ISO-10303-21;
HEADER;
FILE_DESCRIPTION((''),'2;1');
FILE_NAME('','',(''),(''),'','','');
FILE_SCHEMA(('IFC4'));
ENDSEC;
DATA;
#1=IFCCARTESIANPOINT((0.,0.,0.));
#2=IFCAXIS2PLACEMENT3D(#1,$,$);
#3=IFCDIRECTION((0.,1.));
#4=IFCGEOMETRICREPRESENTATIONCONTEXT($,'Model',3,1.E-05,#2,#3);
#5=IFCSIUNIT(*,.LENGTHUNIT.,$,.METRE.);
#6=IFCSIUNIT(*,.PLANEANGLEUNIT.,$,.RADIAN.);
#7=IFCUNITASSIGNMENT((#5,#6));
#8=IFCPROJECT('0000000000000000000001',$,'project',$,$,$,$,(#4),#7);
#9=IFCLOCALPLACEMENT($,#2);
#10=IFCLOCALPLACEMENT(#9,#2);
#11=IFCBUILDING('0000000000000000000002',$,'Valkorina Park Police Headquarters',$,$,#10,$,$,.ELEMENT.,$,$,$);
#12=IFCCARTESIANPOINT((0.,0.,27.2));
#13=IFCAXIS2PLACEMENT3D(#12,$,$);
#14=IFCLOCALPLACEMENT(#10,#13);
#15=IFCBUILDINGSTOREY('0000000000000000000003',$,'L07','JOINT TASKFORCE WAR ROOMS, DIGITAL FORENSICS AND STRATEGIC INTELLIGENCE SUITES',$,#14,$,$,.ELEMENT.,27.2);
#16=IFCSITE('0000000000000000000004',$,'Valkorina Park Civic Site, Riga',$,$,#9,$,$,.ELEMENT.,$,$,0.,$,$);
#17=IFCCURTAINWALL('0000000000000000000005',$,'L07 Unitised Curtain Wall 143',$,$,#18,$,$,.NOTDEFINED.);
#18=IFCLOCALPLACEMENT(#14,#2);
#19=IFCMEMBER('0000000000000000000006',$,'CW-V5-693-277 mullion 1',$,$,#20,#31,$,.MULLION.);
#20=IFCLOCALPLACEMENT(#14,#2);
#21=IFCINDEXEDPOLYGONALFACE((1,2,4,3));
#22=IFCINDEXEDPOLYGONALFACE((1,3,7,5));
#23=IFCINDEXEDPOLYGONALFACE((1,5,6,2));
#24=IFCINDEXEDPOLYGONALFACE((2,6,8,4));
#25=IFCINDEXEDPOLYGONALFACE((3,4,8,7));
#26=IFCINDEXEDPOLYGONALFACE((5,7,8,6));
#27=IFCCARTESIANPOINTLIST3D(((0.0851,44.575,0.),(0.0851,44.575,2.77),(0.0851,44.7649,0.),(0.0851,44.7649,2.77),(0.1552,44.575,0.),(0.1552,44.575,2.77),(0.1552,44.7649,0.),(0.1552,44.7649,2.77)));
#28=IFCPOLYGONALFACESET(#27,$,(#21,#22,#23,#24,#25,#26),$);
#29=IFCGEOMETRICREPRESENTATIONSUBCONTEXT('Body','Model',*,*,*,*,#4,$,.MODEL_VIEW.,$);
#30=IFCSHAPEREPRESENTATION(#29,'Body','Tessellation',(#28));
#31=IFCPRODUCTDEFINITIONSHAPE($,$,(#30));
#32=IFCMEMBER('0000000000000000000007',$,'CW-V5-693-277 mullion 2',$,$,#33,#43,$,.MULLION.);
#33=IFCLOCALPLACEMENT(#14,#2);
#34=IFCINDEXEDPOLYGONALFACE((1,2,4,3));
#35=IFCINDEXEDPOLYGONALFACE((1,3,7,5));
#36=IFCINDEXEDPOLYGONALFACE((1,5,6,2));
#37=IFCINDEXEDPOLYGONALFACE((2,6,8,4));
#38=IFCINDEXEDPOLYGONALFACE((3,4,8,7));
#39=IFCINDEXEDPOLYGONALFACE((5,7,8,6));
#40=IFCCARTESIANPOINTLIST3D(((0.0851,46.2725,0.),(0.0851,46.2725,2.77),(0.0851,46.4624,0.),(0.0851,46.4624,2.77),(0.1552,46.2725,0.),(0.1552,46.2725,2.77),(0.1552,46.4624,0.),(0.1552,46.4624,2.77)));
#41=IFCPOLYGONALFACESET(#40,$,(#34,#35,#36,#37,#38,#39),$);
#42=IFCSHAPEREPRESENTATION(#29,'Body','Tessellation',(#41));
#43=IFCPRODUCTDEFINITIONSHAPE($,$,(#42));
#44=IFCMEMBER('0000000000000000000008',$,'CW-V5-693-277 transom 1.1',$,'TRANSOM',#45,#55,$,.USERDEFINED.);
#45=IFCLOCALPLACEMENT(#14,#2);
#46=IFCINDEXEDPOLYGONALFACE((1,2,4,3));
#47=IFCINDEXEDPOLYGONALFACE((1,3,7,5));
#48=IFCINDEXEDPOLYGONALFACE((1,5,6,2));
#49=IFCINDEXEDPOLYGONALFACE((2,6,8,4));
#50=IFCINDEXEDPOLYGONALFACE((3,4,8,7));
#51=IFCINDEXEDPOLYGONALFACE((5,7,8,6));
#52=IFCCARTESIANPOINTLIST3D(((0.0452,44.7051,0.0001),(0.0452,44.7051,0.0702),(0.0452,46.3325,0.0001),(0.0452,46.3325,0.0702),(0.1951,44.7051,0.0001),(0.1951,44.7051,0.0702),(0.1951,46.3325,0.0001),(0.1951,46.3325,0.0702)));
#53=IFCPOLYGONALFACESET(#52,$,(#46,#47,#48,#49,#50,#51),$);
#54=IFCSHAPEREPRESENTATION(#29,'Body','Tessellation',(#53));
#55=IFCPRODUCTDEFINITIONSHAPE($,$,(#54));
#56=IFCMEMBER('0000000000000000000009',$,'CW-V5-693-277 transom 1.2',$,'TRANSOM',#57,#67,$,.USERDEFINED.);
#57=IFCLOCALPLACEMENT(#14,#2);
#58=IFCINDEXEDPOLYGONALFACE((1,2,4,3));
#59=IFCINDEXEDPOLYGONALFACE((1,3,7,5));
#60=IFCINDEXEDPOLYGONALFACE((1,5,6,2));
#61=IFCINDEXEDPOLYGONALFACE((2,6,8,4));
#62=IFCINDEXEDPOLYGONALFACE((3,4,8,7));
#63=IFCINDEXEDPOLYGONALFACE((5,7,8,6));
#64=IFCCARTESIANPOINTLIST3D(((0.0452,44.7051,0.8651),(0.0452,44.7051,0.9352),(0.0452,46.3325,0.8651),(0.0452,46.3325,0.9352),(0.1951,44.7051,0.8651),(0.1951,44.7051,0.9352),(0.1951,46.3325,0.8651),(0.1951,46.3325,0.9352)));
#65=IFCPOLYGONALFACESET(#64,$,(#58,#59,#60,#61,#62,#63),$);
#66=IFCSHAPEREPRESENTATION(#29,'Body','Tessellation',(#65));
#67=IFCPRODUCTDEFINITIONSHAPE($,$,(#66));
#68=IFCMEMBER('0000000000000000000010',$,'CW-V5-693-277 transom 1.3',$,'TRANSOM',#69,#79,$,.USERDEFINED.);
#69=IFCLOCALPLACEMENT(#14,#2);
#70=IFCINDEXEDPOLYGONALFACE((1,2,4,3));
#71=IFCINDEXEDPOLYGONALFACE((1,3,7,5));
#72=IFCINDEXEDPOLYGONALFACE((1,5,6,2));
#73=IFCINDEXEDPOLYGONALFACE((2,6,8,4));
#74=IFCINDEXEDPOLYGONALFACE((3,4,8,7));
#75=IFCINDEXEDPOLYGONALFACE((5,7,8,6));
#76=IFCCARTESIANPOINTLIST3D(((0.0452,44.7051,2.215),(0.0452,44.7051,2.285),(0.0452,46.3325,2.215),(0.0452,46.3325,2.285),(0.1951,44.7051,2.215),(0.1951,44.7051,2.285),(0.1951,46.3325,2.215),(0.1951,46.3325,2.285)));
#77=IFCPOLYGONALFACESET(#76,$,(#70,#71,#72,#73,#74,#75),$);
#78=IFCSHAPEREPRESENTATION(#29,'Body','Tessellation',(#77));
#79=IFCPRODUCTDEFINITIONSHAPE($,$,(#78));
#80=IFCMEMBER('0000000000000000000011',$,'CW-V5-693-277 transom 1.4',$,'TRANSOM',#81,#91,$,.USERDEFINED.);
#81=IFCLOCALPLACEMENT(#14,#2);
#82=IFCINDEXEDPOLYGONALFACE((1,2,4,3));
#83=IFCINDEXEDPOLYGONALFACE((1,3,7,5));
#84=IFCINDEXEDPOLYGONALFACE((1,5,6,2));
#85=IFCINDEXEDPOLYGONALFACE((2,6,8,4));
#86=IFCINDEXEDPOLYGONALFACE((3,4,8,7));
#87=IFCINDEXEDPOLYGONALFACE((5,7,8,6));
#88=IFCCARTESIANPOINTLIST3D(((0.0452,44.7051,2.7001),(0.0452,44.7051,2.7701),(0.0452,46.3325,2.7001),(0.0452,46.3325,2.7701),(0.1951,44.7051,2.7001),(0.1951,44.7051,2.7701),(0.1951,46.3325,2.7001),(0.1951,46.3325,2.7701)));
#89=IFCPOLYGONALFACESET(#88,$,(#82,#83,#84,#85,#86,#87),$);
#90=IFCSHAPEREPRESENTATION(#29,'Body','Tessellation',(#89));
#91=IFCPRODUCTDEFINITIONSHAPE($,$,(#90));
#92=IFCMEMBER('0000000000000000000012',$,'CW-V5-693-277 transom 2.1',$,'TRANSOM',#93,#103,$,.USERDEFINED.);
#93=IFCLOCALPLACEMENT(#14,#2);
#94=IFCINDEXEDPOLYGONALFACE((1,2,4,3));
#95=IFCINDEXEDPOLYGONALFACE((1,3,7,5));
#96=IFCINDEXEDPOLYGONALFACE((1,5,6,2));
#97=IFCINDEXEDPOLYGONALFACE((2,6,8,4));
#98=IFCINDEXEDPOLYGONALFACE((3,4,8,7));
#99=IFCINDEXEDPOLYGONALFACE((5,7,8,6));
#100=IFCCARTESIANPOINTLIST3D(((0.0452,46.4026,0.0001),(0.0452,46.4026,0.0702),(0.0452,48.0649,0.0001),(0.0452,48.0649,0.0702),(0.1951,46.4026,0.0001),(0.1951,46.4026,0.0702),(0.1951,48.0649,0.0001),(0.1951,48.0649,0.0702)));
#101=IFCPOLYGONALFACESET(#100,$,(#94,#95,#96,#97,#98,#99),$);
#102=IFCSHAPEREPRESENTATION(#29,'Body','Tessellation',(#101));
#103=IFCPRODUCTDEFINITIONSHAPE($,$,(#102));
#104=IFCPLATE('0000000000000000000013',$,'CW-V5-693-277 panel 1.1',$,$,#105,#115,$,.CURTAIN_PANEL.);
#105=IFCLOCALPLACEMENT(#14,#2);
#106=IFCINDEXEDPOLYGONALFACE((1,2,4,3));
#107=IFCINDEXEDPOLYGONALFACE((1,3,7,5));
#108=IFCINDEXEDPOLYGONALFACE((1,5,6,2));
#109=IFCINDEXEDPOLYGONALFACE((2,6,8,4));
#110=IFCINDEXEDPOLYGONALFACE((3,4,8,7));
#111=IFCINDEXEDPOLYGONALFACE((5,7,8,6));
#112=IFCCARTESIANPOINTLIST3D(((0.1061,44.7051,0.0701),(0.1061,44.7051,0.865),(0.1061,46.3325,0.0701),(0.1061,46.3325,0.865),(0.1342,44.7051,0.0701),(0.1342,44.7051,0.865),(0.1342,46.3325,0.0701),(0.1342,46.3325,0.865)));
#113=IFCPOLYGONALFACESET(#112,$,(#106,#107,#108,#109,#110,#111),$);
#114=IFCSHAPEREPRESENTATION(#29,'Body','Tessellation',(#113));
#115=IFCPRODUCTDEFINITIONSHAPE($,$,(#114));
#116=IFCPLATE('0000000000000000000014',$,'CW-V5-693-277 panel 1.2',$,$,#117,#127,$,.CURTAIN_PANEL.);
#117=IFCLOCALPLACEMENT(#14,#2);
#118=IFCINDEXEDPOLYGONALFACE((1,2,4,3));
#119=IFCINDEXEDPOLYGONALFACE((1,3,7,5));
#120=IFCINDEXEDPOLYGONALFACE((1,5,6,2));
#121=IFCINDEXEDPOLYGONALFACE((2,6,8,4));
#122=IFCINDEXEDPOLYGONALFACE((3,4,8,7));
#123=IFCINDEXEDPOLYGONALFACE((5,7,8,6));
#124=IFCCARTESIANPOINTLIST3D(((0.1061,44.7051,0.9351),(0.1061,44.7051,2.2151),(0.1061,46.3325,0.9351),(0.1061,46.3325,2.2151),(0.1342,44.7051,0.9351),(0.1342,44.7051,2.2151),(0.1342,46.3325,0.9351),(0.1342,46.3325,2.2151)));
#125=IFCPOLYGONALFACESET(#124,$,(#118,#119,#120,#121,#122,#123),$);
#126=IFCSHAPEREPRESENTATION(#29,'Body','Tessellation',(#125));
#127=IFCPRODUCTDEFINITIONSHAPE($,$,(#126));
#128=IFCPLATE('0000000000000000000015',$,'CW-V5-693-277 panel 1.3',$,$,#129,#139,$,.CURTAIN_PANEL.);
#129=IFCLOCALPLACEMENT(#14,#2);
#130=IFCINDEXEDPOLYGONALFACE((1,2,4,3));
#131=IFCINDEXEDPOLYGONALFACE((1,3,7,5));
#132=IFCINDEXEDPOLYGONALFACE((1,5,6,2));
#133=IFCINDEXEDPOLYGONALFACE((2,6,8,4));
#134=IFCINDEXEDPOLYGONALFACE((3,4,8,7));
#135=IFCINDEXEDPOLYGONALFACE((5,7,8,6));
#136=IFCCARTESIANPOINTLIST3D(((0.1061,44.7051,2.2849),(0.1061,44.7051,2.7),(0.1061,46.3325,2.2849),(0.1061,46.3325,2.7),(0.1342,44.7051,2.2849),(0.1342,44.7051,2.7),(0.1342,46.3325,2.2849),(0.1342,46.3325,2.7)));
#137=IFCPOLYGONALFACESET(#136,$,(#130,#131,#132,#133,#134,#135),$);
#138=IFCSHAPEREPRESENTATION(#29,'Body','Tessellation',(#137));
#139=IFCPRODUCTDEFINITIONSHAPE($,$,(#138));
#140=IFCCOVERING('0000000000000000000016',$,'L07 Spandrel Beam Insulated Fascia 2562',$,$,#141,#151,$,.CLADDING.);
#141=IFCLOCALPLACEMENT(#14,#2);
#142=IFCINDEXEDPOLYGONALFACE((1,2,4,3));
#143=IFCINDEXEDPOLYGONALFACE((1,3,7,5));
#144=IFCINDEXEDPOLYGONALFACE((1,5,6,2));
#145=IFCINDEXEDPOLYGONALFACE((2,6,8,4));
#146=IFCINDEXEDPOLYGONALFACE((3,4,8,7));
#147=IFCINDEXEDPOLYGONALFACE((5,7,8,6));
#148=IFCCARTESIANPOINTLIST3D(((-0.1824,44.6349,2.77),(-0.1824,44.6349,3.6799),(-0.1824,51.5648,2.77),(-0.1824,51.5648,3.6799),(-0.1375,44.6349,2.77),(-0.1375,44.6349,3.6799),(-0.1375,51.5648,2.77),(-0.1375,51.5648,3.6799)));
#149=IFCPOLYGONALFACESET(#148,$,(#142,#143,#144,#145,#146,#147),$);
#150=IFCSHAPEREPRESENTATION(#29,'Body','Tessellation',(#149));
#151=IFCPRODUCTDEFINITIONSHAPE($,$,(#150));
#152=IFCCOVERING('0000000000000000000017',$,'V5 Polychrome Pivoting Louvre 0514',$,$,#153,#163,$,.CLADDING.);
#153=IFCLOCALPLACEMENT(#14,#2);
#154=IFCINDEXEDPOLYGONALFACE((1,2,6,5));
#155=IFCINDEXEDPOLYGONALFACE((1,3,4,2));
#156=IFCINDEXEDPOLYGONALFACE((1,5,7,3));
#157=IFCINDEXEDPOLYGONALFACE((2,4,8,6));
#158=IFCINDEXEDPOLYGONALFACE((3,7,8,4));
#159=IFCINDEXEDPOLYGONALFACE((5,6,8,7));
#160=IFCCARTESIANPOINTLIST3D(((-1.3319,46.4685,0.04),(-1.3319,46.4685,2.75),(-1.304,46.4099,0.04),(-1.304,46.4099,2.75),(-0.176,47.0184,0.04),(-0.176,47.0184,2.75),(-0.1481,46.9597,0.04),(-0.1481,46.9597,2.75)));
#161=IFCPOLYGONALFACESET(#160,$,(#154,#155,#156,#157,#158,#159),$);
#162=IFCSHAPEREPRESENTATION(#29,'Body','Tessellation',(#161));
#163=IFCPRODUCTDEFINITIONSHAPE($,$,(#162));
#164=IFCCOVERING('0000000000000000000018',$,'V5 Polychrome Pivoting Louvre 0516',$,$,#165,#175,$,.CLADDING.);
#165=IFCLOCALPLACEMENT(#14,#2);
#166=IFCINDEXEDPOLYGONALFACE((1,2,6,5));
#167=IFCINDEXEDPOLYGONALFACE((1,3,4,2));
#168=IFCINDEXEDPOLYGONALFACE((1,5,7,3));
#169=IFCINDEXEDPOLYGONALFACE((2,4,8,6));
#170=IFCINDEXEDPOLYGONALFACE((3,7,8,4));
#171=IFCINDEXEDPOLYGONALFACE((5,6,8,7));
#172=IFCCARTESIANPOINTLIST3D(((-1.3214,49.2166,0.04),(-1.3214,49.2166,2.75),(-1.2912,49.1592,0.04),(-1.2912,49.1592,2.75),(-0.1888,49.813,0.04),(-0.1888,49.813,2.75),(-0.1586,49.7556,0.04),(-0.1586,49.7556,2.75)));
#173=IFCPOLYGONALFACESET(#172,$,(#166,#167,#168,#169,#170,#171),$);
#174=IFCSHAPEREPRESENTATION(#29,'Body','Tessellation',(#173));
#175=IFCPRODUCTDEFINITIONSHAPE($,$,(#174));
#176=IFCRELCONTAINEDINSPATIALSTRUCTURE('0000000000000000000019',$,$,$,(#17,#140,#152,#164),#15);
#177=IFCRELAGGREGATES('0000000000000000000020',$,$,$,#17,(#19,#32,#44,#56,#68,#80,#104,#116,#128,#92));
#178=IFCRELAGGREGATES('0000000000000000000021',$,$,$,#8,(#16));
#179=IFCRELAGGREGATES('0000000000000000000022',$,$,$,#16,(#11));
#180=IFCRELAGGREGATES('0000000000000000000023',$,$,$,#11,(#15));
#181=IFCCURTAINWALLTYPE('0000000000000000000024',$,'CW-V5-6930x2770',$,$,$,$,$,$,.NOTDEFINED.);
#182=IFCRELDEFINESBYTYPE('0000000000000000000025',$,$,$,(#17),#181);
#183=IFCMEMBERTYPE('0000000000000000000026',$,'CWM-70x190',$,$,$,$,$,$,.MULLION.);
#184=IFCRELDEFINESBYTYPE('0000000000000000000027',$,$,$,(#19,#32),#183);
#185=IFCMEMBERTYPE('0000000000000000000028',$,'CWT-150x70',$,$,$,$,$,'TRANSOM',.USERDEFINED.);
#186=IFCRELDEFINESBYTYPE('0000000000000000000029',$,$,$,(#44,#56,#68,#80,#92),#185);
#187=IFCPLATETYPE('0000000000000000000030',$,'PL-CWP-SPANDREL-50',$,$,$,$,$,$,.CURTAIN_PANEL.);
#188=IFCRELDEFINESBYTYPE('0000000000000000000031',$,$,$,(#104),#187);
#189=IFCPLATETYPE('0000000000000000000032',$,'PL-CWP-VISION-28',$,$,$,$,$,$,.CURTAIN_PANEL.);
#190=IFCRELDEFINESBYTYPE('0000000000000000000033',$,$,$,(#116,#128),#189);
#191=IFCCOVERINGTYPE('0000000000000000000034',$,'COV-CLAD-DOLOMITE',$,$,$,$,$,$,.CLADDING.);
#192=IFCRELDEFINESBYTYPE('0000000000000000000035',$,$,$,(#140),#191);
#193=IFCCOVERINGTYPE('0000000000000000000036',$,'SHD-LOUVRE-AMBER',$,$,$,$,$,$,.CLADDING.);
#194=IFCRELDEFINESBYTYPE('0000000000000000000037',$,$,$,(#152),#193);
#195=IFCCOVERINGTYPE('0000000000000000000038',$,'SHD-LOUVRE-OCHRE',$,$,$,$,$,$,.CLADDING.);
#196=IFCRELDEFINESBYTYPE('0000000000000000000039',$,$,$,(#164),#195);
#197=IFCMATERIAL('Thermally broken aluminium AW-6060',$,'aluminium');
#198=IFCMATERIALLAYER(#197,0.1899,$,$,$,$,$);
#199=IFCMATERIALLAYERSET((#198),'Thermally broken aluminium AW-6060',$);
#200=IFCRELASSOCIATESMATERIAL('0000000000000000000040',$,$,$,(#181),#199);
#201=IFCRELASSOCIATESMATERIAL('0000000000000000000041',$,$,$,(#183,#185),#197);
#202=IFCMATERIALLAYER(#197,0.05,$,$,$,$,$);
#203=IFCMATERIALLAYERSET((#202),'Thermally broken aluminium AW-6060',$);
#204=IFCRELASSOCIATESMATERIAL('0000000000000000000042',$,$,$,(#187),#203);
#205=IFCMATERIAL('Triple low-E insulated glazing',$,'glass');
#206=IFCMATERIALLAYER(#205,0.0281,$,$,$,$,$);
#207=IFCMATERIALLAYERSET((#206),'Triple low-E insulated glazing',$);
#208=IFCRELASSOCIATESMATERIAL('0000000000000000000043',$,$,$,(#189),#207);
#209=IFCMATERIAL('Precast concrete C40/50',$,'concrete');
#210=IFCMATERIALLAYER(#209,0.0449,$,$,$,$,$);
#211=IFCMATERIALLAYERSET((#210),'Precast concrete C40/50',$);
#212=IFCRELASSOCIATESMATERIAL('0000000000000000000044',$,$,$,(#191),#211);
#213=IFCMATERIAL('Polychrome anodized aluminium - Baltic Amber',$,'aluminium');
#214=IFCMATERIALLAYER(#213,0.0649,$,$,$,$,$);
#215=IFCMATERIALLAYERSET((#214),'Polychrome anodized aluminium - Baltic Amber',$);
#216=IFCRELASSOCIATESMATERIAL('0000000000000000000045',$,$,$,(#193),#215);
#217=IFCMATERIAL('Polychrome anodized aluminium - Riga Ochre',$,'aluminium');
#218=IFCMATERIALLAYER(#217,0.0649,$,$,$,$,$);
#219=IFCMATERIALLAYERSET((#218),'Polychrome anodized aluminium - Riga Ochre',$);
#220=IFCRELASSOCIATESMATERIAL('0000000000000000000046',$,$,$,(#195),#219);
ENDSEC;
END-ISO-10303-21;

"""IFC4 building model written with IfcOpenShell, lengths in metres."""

from ifc_helpers import new_model, si_unit, direction, frame, frame_2d, origin, origin_2d, place, context, subcontext, project, spatial, rectangle, extrude, material, layer, layer_set, material_profile, profile_set, type_object, element, aggregate, save


model = new_model("IFC4")

# Units and contexts
model_context = context("Model", 3, precision=1e-05, world=origin(), true_north=direction((0.0, 1.0)))
body_context = subcontext(model_context, "Body", "Model", "MODEL_VIEW")
ifc_project = project(units=[si_unit("LENGTHUNIT", "METRE"), si_unit("PLANEANGLEUNIT", "RADIAN")], contexts=[model_context])

# Site, building, storey
site_placement = place(None, origin())
site = spatial("IfcSite", under=ifc_project, at=site_placement, Name="Valkorina Park Civic Site, Riga", CompositionType="ELEMENT", RefElevation=0.0)
building_placement = place(site_placement, origin())
building = spatial("IfcBuilding", under=site, at=building_placement, Name="Valkorina Park Police Headquarters", CompositionType="ELEMENT")
storey_placement = place(building_placement, frame((0.0, 0.0, 27.2)))
storey = spatial("IfcBuildingStorey", under=building, at=storey_placement, Name="L07", Description="JOINT TASKFORCE WAR ROOMS, DIGITAL FORENSICS AND STRATEGIC INTELLIGENCE SUITES", CompositionType="ELEMENT", Elevation=27.2)

# Curtain wall, members, plates
ifc_material_1 = material(Name="Thermally broken aluminium AW-6060", Category="aluminium")
ifc_layer_1 = layer(ifc_material_1, 0.1899)
ifc_layer_set_1 = layer_set([ifc_layer_1], Name="Thermally broken aluminium AW-6060")
curtain_wall_type = type_object("IfcCurtainWallType", Name="CW-V5-6930x2770", PredefinedType="NOTDEFINED", material=ifc_layer_set_1)
curtain_wall_placement = place(storey_placement, origin())
curtain_wall = element("IfcCurtainWall", 1, at=curtain_wall_placement, inside=storey, type_object=curtain_wall_type, Name="L07 Unitised Curtain Wall 143", PredefinedType="NOTDEFINED")
ifc_material_profile_1 = material_profile(ifc_material_1, rectangle(XDim=0.0701, YDim=0.1899, at=origin_2d()), Name="CWM-02 70x190")
ifc_profile_set_1 = profile_set([ifc_material_profile_1], Name="Thermally broken aluminium AW-6060")
member_type_1 = type_object("IfcMemberType", Name="CWM-70x190", PredefinedType="MULLION", material=ifc_profile_set_1)
member_1_placement = place(storey_placement, frame((0.1201, 44.6699, 0.0), z_axis=(0.0, 0.0, 1.0), x_axis=(-1.0, 0.0, 0.0)))
member_1 = element("IfcMember", 2, at=member_1_placement, type_object=member_type_1, Name="CW-V5-693-277 mullion 1", PredefinedType="MULLION", context=body_context, shape_type="SweptSolid", body=[
    extrude(rectangle(XDim=0.0701, YDim=0.1899, at=origin_2d()), origin(), (0.0, 0.0, 1.0), 2.77),
])
member_2_placement = place(storey_placement, frame((0.1201, 46.3674, 0.0), z_axis=(0.0, 0.0, 1.0), x_axis=(-1.0, 0.0, 0.0)))
member_2 = element("IfcMember", 3, at=member_2_placement, type_object=member_type_1, Name="CW-V5-693-277 mullion 2", PredefinedType="MULLION", context=body_context, shape_type="SweptSolid", body=[
    extrude(rectangle(XDim=0.0701, YDim=0.1899, at=origin_2d()), origin(), (0.0, 0.0, 1.0), 2.77),
])
ifc_material_profile_2 = material_profile(ifc_material_1, rectangle(XDim=0.1499, YDim=0.0701, at=origin_2d()), Name="CWT-02 150x70")
ifc_profile_set_2 = profile_set([ifc_material_profile_2], Name="Thermally broken aluminium AW-6060")
member_type_2 = type_object("IfcMemberType", Name="CWT-150x70", ElementType="TRANSOM", PredefinedType="USERDEFINED", material=ifc_profile_set_2)
member_3_placement = place(storey_placement, frame((0.1201, 44.7051, 0.0352), z_axis=(0.0, 1.0, 0.0), x_axis=(-1.0, 0.0, 0.0)))
member_3 = element("IfcMember", 4, at=member_3_placement, type_object=member_type_2, Name="CW-V5-693-277 transom 1.1", ObjectType="TRANSOM", PredefinedType="USERDEFINED", context=body_context, shape_type="SweptSolid", body=[
    extrude(rectangle(XDim=0.1499, YDim=0.0701, at=origin_2d()), origin(), (0.0, 0.0, 1.0), 1.6274),
])
member_4_placement = place(storey_placement, frame((0.1201, 44.7051, 0.9001), z_axis=(0.0, 1.0, 0.0), x_axis=(-1.0, 0.0, 0.0)))
member_4 = element("IfcMember", 5, at=member_4_placement, type_object=member_type_2, Name="CW-V5-693-277 transom 1.2", ObjectType="TRANSOM", PredefinedType="USERDEFINED", context=body_context, shape_type="SweptSolid", body=[
    extrude(rectangle(XDim=0.1499, YDim=0.0701, at=origin_2d()), origin(), (0.0, 0.0, 1.0), 1.6274),
])
member_5_placement = place(storey_placement, frame((0.1201, 44.7051, 2.25), z_axis=(0.0, 1.0, 0.0), x_axis=(-1.0, 0.0, 0.0)))
member_5 = element("IfcMember", 6, at=member_5_placement, type_object=member_type_2, Name="CW-V5-693-277 transom 1.3", ObjectType="TRANSOM", PredefinedType="USERDEFINED", context=body_context, shape_type="SweptSolid", body=[
    extrude(rectangle(XDim=0.1499, YDim=0.0701, at=origin_2d()), origin(), (0.0, 0.0, 1.0), 1.6274),
])
member_6_placement = place(storey_placement, frame((0.1201, 44.7051, 2.7351), z_axis=(0.0, 1.0, 0.0), x_axis=(-1.0, 0.0, 0.0)))
member_6 = element("IfcMember", 7, at=member_6_placement, type_object=member_type_2, Name="CW-V5-693-277 transom 1.4", ObjectType="TRANSOM", PredefinedType="USERDEFINED", context=body_context, shape_type="SweptSolid", body=[
    extrude(rectangle(XDim=0.1499, YDim=0.0701, at=origin_2d()), origin(), (0.0, 0.0, 1.0), 1.6274),
])
member_7_placement = place(storey_placement, frame((0.1201, 46.4026, 0.0352), z_axis=(0.0, 1.0, 0.0), x_axis=(-1.0, 0.0, 0.0)))
member_7 = element("IfcMember", 8, at=member_7_placement, type_object=member_type_2, Name="CW-V5-693-277 transom 2.1", ObjectType="TRANSOM", PredefinedType="USERDEFINED", context=body_context, shape_type="SweptSolid", body=[
    extrude(rectangle(XDim=0.1499, YDim=0.0701, at=origin_2d()), origin(), (0.0, 0.0, 1.0), 1.6624),
])
ifc_layer_2 = layer(ifc_material_1, 0.05)
ifc_layer_set_2 = layer_set([ifc_layer_2], Name="Thermally broken aluminium AW-6060")
plate_type_1 = type_object("IfcPlateType", Name="PL-CWP-SPANDREL-50", PredefinedType="CURTAIN_PANEL", material=ifc_layer_set_2)
plate_1_placement = place(storey_placement, frame((0.1201, 45.5188, 0.0701), z_axis=(0.0, 0.0, 1.0), x_axis=(0.0, 1.0, 0.0)))
plate_1 = element("IfcPlate", 9, at=plate_1_placement, type_object=plate_type_1, Name="CW-V5-693-277 panel 1.1", PredefinedType="CURTAIN_PANEL", context=body_context, shape_type="SweptSolid", body=[
    extrude(rectangle(XDim=1.6274, YDim=0.0281, at=origin_2d()), origin(), (0.0, 0.0, 1.0), 0.7949),
])
ifc_material_2 = material(Name="Triple low-E insulated glazing", Category="glass")
ifc_layer_3 = layer(ifc_material_2, 0.0281)
ifc_layer_set_3 = layer_set([ifc_layer_3], Name="Triple low-E insulated glazing")
plate_type_2 = type_object("IfcPlateType", Name="PL-CWP-VISION-28", PredefinedType="CURTAIN_PANEL", material=ifc_layer_set_3)
plate_2_placement = place(storey_placement, frame((0.1201, 45.5188, 0.9351), z_axis=(0.0, 0.0, 1.0), x_axis=(0.0, 1.0, 0.0)))
plate_2 = element("IfcPlate", 10, at=plate_2_placement, type_object=plate_type_2, Name="CW-V5-693-277 panel 1.2", PredefinedType="CURTAIN_PANEL", context=body_context, shape_type="SweptSolid", body=[
    extrude(rectangle(XDim=1.6274, YDim=0.0281, at=origin_2d()), origin(), (0.0, 0.0, 1.0), 1.28),
])
plate_3_placement = place(storey_placement, frame((0.1201, 45.5188, 2.2849), z_axis=(0.0, 0.0, 1.0), x_axis=(0.0, 1.0, 0.0)))
plate_3 = element("IfcPlate", 11, at=plate_3_placement, type_object=plate_type_2, Name="CW-V5-693-277 panel 1.3", PredefinedType="CURTAIN_PANEL", context=body_context, shape_type="SweptSolid", body=[
    extrude(rectangle(XDim=1.6274, YDim=0.0281, at=origin_2d()), origin(), (0.0, 0.0, 1.0), 0.415),
])
aggregate(curtain_wall, [member_1, member_2, member_3, member_4, member_5, member_6, plate_1, plate_2, plate_3, member_7])

# Coverings
ifc_material_3 = material(Name="Precast concrete C40/50", Category="concrete")
ifc_layer_4 = layer(ifc_material_3, 0.0449)
ifc_layer_set_4 = layer_set([ifc_layer_4], Name="Precast concrete C40/50")
covering_type_1 = type_object("IfcCoveringType", Name="COV-CLAD-DOLOMITE", PredefinedType="CLADDING", material=ifc_layer_set_4)
covering_1_placement = place(storey_placement, frame((-0.1599, 44.635, 2.77), z_axis=(0.0, 0.0, 1.0), x_axis=(0.0, 1.0, 0.0)))
element("IfcCovering", 12, at=covering_1_placement, inside=storey, type_object=covering_type_1, Name="L07 Spandrel Beam Insulated Fascia 2562", PredefinedType="CLADDING", context=body_context, shape_type="SweptSolid", body=[
    extrude(rectangle(XDim=6.9299, YDim=0.0449, at=frame_2d((3.4648, 0.0))), origin(), (0.0, 0.0, 1.0), 0.9099),
])
ifc_material_4 = material(Name="Polychrome anodized aluminium - Baltic Amber", Category="aluminium")
ifc_layer_5 = layer(ifc_material_4, 0.0649)
ifc_layer_set_5 = layer_set([ifc_layer_5], Name="Polychrome anodized aluminium - Baltic Amber")
covering_type_2 = type_object("IfcCoveringType", Name="SHD-LOUVRE-AMBER", PredefinedType="CLADDING", material=ifc_layer_set_5)
covering_2_placement = place(storey_placement, frame((-0.74, 46.7141, 0.04), z_axis=(0.0, 0.0, 1.0), x_axis=(-0.903036, -0.429566, 0.0)))
element("IfcCovering", 13, at=covering_2_placement, inside=storey, type_object=covering_type_2, Name="V5 Polychrome Pivoting Louvre 0514", PredefinedType="CLADDING", context=body_context, shape_type="SweptSolid", body=[
    extrude(rectangle(XDim=1.28, YDim=0.0649, at=origin_2d()), origin(), (0.0, 0.0, 1.0), 2.71),
])
ifc_material_5 = material(Name="Polychrome anodized aluminium - Riga Ochre", Category="aluminium")
ifc_layer_6 = layer(ifc_material_5, 0.0649)
ifc_layer_set_6 = layer_set([ifc_layer_6], Name="Polychrome anodized aluminium - Riga Ochre")
covering_type_3 = type_object("IfcCoveringType", Name="SHD-LOUVRE-OCHRE", PredefinedType="CLADDING", material=ifc_layer_set_6)
covering_3_placement = place(storey_placement, frame((-0.74, 49.4861, 0.04), z_axis=(0.0, 0.0, 1.0), x_axis=(-0.884825, -0.465923, 0.0)))
element("IfcCovering", 14, at=covering_3_placement, inside=storey, type_object=covering_type_3, Name="V5 Polychrome Pivoting Louvre 0516", PredefinedType="CLADDING", context=body_context, shape_type="SweptSolid", body=[
    extrude(rectangle(XDim=1.28, YDim=0.0649, at=origin_2d()), origin(), (0.0, 0.0, 1.0), 2.71),
])

save(model, "model.ifc")
